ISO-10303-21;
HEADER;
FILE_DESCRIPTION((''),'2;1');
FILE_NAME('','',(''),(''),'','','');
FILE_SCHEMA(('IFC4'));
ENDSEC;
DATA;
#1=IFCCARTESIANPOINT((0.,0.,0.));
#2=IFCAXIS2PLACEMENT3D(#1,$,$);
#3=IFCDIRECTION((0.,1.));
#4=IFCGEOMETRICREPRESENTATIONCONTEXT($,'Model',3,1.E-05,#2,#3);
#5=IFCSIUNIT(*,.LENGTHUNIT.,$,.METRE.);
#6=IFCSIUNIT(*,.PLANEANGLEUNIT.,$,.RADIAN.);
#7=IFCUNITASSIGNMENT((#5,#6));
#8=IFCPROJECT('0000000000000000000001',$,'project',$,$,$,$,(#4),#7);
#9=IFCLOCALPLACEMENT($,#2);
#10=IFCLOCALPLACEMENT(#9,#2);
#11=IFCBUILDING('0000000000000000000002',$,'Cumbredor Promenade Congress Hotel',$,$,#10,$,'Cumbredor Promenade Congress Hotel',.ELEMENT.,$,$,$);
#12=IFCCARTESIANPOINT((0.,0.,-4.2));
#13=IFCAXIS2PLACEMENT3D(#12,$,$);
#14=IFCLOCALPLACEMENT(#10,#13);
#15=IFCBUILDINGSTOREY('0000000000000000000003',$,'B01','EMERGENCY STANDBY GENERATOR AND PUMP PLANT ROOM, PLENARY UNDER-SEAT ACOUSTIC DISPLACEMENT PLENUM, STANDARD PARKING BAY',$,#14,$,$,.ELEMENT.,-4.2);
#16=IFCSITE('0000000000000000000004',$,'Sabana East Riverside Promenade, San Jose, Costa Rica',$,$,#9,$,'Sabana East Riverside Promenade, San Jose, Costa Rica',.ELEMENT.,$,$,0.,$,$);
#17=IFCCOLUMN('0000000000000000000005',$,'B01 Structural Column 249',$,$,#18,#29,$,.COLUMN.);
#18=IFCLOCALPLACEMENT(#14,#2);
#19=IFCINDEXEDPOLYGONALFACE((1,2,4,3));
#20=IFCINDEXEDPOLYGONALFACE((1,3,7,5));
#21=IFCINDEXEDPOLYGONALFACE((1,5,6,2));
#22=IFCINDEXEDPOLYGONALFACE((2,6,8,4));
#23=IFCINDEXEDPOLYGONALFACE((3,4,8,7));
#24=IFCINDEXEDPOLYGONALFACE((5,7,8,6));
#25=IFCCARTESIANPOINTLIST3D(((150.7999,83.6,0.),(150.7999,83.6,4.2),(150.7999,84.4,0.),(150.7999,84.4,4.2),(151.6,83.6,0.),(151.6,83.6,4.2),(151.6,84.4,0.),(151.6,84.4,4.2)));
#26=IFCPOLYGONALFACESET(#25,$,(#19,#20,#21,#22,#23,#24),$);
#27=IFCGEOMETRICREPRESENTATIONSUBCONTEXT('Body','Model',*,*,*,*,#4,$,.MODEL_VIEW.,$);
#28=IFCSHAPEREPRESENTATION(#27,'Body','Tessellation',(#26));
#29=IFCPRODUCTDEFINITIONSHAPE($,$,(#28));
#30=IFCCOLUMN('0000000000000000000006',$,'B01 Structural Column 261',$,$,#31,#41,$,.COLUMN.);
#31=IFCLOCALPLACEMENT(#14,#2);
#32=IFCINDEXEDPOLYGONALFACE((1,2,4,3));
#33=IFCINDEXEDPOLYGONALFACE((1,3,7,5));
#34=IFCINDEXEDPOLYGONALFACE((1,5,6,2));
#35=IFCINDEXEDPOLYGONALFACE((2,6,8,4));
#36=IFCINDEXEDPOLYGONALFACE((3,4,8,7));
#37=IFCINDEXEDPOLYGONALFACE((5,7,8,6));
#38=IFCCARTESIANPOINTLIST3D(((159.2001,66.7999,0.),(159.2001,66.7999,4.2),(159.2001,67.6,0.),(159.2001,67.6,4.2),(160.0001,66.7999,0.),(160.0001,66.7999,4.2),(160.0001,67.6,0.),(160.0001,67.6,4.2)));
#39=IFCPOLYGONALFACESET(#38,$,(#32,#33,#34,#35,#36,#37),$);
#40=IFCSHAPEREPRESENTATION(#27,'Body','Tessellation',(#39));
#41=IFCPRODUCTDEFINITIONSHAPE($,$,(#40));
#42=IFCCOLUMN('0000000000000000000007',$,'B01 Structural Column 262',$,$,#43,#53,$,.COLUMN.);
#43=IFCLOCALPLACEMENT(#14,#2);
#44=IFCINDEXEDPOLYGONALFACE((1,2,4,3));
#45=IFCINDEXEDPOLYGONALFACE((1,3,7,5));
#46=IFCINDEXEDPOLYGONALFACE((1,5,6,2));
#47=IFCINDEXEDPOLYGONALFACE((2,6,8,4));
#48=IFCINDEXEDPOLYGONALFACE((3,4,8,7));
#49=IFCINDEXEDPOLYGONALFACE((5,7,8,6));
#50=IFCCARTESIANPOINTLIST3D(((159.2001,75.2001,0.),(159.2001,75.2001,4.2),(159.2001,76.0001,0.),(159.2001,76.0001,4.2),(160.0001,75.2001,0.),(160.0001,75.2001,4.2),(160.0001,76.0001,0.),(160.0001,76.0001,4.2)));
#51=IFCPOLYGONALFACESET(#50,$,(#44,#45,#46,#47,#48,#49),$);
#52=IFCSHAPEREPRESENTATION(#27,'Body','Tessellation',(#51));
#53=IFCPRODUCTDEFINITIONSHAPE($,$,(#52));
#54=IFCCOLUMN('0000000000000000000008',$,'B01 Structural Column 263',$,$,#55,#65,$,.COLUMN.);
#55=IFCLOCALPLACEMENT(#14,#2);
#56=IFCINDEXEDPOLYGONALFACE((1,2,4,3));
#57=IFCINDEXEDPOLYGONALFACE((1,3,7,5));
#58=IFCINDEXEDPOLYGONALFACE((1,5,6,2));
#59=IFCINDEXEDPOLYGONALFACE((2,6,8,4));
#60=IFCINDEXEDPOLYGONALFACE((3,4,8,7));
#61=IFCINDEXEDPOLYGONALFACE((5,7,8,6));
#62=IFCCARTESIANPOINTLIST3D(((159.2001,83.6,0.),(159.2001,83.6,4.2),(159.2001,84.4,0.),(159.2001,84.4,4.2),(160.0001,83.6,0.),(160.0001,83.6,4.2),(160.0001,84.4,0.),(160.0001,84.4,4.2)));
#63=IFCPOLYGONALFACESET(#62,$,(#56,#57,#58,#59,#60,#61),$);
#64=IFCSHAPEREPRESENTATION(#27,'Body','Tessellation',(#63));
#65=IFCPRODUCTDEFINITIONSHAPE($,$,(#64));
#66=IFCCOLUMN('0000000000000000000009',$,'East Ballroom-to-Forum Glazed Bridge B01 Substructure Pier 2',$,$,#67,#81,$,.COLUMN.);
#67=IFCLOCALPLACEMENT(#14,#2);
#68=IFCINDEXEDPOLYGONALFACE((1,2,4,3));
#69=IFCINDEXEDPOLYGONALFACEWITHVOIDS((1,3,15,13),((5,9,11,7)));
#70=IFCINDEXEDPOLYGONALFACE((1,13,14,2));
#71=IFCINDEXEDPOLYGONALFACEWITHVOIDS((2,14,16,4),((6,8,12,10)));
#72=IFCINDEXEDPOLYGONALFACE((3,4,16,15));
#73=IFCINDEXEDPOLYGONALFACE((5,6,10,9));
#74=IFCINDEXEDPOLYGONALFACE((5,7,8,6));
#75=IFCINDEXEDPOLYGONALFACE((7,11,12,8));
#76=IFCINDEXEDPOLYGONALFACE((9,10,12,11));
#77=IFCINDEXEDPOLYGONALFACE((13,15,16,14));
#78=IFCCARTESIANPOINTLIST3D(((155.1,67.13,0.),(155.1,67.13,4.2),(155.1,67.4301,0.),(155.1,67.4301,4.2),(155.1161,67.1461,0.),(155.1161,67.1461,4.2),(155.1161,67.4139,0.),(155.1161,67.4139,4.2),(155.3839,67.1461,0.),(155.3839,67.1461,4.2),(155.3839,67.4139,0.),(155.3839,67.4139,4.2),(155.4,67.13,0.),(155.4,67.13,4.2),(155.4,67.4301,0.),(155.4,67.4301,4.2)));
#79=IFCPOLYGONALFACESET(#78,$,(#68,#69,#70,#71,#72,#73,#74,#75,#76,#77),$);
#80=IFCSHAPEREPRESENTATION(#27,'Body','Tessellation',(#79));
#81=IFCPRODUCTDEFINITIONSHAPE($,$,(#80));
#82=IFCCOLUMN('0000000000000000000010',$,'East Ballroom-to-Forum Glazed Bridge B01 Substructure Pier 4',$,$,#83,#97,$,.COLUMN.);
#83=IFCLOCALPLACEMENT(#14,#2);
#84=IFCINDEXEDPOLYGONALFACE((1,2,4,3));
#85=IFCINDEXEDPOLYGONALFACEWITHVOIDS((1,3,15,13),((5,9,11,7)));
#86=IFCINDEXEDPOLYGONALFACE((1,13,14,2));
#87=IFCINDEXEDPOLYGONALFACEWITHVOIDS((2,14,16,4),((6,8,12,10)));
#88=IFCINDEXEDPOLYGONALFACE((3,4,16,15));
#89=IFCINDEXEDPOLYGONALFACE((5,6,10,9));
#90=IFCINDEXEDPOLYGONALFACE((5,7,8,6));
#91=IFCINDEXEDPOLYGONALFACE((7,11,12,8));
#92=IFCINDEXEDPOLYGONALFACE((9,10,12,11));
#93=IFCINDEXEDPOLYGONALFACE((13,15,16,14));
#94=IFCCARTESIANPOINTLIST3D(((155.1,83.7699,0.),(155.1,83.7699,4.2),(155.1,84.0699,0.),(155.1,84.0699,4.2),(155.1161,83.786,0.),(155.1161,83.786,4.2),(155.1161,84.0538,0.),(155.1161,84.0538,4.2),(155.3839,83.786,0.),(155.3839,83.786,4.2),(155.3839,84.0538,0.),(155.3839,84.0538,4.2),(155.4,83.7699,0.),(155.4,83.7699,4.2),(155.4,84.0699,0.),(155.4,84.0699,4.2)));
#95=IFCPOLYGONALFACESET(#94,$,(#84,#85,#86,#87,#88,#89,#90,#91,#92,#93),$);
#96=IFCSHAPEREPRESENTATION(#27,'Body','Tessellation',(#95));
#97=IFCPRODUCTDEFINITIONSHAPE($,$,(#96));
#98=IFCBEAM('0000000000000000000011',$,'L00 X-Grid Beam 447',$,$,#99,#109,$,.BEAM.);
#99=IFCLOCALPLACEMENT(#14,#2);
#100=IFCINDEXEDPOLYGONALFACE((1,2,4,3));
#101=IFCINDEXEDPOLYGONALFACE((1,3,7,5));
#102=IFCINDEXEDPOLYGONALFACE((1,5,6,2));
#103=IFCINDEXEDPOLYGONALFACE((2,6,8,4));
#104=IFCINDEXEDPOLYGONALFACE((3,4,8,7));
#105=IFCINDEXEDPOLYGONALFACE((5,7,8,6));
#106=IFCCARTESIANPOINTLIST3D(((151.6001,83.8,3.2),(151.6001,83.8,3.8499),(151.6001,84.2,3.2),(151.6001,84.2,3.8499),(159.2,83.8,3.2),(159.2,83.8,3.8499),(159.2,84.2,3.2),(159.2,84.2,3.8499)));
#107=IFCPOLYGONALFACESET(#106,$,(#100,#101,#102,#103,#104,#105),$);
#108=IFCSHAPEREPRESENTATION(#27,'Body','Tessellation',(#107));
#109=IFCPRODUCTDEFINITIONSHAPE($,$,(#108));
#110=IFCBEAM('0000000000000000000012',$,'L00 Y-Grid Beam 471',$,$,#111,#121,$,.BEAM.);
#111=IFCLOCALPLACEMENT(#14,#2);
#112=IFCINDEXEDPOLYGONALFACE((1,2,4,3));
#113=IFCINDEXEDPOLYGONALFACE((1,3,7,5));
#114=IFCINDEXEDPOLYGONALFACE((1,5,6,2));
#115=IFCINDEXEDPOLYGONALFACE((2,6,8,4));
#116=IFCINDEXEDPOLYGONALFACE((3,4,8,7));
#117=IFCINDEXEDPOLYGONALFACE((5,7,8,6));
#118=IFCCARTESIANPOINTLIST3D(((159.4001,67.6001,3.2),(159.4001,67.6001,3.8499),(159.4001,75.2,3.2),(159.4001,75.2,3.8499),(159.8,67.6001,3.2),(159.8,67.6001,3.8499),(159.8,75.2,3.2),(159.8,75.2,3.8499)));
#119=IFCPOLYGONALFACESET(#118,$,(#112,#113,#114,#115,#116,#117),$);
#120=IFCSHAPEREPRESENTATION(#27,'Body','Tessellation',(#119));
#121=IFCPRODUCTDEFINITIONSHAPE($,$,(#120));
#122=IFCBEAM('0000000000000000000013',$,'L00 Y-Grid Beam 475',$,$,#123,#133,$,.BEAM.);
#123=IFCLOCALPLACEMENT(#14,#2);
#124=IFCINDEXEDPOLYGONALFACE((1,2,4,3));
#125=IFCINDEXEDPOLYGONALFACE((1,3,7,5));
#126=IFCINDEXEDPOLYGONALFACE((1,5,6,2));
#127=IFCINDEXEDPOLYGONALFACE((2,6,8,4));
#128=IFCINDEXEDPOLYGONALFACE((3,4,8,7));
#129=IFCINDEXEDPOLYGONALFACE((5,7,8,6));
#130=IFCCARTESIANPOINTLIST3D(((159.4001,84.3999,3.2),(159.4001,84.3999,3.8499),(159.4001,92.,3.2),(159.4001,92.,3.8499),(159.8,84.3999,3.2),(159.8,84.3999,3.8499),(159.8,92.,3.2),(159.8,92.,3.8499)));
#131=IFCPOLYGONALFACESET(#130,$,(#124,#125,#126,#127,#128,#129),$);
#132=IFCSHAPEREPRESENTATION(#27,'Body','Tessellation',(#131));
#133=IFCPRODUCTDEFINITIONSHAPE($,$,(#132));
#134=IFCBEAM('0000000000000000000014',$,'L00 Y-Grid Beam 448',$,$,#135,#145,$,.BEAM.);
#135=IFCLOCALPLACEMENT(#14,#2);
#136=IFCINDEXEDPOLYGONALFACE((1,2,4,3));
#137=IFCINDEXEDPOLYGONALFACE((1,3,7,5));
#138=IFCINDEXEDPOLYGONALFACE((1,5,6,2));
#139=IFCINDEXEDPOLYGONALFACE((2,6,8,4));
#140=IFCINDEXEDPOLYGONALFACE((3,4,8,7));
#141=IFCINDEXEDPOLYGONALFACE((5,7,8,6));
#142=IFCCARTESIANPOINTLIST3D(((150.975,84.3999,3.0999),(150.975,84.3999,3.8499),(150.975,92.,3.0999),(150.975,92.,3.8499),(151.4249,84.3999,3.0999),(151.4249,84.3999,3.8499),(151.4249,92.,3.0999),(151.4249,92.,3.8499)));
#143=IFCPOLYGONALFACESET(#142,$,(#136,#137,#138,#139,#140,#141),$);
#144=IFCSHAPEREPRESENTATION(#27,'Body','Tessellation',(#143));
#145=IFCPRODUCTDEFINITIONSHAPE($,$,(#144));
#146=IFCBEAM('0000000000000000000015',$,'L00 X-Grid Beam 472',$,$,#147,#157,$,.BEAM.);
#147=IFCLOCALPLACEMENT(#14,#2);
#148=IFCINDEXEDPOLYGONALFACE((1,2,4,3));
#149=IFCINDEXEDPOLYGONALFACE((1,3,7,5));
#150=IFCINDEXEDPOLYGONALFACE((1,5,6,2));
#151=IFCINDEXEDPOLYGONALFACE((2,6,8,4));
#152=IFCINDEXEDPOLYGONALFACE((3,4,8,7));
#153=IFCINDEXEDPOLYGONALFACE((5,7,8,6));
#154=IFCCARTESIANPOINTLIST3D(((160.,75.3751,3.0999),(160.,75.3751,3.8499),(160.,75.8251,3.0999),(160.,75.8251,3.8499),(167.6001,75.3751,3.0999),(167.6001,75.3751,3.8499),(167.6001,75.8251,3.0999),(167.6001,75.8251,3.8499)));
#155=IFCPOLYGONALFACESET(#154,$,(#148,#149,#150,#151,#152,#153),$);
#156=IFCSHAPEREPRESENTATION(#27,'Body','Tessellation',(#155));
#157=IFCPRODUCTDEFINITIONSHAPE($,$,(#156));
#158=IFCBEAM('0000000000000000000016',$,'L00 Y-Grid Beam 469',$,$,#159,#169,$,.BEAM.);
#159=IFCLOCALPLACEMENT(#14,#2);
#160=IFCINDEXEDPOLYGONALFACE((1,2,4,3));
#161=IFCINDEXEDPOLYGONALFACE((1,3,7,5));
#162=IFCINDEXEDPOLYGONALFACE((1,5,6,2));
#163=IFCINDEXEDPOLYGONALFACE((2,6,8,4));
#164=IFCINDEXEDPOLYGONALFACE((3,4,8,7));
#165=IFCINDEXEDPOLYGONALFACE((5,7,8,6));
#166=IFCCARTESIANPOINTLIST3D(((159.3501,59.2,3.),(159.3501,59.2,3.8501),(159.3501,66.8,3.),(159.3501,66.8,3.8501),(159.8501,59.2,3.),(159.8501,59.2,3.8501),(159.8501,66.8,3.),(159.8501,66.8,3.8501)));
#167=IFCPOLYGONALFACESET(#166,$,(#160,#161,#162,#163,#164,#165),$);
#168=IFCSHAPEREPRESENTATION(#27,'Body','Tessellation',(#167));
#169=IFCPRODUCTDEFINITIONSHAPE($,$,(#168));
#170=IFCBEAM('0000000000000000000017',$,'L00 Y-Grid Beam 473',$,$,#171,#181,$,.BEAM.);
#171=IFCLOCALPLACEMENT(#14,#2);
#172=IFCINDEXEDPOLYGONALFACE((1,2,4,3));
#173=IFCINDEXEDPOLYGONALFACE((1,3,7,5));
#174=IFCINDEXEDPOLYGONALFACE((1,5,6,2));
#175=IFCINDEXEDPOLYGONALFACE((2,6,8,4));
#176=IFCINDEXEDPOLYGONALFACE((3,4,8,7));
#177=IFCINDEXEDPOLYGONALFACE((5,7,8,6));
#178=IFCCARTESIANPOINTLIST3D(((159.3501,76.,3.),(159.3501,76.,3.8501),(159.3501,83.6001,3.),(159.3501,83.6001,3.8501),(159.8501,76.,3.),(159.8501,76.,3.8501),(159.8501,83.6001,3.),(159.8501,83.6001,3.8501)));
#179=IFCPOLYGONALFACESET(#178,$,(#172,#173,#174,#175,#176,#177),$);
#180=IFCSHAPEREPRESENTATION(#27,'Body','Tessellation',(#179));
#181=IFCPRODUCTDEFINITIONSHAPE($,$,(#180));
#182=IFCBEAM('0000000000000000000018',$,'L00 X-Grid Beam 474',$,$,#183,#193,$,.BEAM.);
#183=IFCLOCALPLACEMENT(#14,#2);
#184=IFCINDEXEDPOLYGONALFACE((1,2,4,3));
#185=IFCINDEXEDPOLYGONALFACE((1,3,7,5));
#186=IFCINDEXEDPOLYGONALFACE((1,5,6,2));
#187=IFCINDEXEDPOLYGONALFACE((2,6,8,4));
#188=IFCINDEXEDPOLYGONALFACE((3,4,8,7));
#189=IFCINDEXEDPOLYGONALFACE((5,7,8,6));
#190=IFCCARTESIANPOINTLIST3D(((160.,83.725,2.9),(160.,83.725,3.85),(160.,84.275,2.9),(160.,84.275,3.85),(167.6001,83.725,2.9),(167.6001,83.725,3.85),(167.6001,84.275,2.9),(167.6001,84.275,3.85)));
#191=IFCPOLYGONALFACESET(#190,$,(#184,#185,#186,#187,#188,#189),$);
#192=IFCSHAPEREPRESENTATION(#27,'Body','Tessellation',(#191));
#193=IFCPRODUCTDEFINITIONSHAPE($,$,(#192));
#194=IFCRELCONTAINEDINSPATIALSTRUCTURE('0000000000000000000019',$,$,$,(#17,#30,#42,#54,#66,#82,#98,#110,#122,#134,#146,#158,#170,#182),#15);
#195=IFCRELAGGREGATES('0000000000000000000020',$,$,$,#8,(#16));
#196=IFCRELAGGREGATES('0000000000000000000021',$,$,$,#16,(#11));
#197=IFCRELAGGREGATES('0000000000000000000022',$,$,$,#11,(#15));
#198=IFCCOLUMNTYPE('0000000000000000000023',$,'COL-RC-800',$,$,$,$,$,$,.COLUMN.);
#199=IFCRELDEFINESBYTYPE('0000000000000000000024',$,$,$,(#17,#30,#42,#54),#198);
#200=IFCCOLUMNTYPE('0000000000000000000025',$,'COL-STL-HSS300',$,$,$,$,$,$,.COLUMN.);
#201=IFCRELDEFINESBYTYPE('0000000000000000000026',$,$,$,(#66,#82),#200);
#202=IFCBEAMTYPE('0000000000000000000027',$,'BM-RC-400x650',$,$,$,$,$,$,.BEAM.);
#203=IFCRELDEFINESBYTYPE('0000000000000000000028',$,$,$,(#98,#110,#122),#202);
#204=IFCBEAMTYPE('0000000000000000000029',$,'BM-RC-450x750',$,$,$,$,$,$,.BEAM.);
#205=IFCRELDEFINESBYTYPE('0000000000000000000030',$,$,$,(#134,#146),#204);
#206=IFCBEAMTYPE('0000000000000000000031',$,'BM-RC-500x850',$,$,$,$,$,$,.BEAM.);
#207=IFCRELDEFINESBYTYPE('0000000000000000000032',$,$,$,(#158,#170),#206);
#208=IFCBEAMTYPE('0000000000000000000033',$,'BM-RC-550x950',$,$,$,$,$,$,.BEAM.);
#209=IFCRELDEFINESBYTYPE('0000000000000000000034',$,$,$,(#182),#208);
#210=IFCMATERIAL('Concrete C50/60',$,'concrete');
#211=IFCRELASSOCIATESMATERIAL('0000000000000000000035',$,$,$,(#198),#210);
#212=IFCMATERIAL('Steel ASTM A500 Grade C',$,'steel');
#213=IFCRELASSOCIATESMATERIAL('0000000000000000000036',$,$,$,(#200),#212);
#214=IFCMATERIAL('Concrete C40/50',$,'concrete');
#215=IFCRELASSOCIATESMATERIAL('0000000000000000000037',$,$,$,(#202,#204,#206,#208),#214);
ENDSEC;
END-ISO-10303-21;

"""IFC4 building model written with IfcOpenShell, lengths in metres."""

from ifc_helpers import new_model, si_unit, direction, frame, origin, origin_2d, place, context, subcontext, project, spatial, rectangle, hollow_rectangle, extrude, material, material_profile, profile_set, type_object, element, save


model = new_model("IFC4")

# Units and contexts
model_context = context("Model", 3, precision=1e-05, world=origin(), true_north=direction((0.0, 1.0)))
body_context = subcontext(model_context, "Body", "Model", "MODEL_VIEW")
ifc_project = project(units=[si_unit("LENGTHUNIT", "METRE"), si_unit("PLANEANGLEUNIT", "RADIAN")], contexts=[model_context])

# Site, building, storey
site_placement = place(None, origin())
site = spatial("IfcSite", under=ifc_project, at=site_placement, Name="Sabana East Riverside Promenade, San Jose, Costa Rica", LongName="Sabana East Riverside Promenade, San Jose, Costa Rica", CompositionType="ELEMENT", RefElevation=0.0)
building_placement = place(site_placement, origin())
building = spatial("IfcBuilding", under=site, at=building_placement, Name="Cumbredor Promenade Congress Hotel", LongName="Cumbredor Promenade Congress Hotel", CompositionType="ELEMENT")
storey_placement = place(building_placement, frame((0.0, 0.0, -4.2)))
storey = spatial("IfcBuildingStorey", under=building, at=storey_placement, Name="B01", Description="EMERGENCY STANDBY GENERATOR AND PUMP PLANT ROOM, PLENARY UNDER-SEAT ACOUSTIC DISPLACEMENT PLENUM, STANDARD PARKING BAY", CompositionType="ELEMENT", Elevation=-4.2)

# Columns
ifc_material_1 = material(Name="Concrete C50/60", Category="concrete")
ifc_material_profile_1 = material_profile(ifc_material_1, rectangle(XDim=0.8, YDim=0.8, at=origin_2d()), Name="RC 800x800")
ifc_profile_set_1 = profile_set([ifc_material_profile_1], Name="Concrete C50/60")
column_type_1 = type_object("IfcColumnType", Name="COL-RC-800", PredefinedType="COLUMN", material=ifc_profile_set_1)
for number, where, z_axis, x_axis, name in (
    (1, (151.2, 84.0, 0.0), (0.0, 0.0, 1.0), (1.0, 0.0, 0.0), "B01 Structural Column 249"),
    (2, (159.6001, 67.2, 0.0), (0.0, 0.0, 1.0), (1.0, 0.0, 0.0), "B01 Structural Column 261"),
    (3, (159.6001, 75.6001, 0.0), (0.0, 0.0, 1.0), (1.0, 0.0, 0.0), "B01 Structural Column 262"),
    (4, (159.6001, 84.0, 0.0), (0.0, 0.0, 1.0), (1.0, 0.0, 0.0), "B01 Structural Column 263"),
):
    element("IfcColumn", number, at=place(storey_placement, frame(where, z_axis=z_axis, x_axis=x_axis)), inside=storey, type_object=column_type_1, Name=name, PredefinedType="COLUMN", context=body_context, shape_type="SweptSolid", body=[
        extrude(rectangle(XDim=0.8, YDim=0.8, at=origin_2d()), origin(), (0.0, 0.0, 1.0), 4.2),
    ])
ifc_material_2 = material(Name="Steel ASTM A500 Grade C", Category="steel")
ifc_material_profile_2 = material_profile(ifc_material_2, hollow_rectangle(XDim=0.3, YDim=0.3, WallThickness=0.0161, at=origin_2d()), Name="HSS 300x300x16")
ifc_profile_set_2 = profile_set([ifc_material_profile_2], Name="Steel ASTM A500 Grade C")
column_type_2 = type_object("IfcColumnType", Name="COL-STL-HSS300", PredefinedType="COLUMN", material=ifc_profile_set_2)
for number, where, z_axis, x_axis, name in (
    (5, (155.25, 67.28, 0.0), (0.0, 0.0, 1.0), (1.0, 0.0, 0.0), "East Ballroom-to-Forum Glazed Bridge B01 Substructure Pier 2"),
    (6, (155.25, 83.9199, 0.0), (0.0, 0.0, 1.0), (1.0, 0.0, 0.0), "East Ballroom-to-Forum Glazed Bridge B01 Substructure Pier 4"),
):
    element("IfcColumn", number, at=place(storey_placement, frame(where, z_axis=z_axis, x_axis=x_axis)), inside=storey, type_object=column_type_2, Name=name, PredefinedType="COLUMN", context=body_context, shape_type="SweptSolid", body=[
        extrude(hollow_rectangle(XDim=0.3, YDim=0.3, WallThickness=0.0161, at=origin_2d()), origin(), (0.0, 0.0, 1.0), 4.2),
    ])

# Beams
ifc_material_3 = material(Name="Concrete C40/50", Category="concrete")
ifc_material_profile_3 = material_profile(ifc_material_3, rectangle(XDim=0.3999, YDim=0.6499, at=origin_2d()), Name="RC BEAM 400x650")
ifc_profile_set_3 = profile_set([ifc_material_profile_3], Name="Concrete C40/50")
beam_type_1 = type_object("IfcBeamType", Name="BM-RC-400x650", PredefinedType="BEAM", material=ifc_profile_set_3)
for number, where, z_axis, x_axis, name in (
    (7, (151.6001, 84.0, 3.5249), (1.0, 0.0, 0.0), (0.0, 1.0, 0.0), "L00 X-Grid Beam 447"),
    (8, (159.6001, 67.6001, 3.5249), (0.0, 1.0, 0.0), (-1.0, 0.0, 0.0), "L00 Y-Grid Beam 471"),
):
    element("IfcBeam", number, at=place(storey_placement, frame(where, z_axis=z_axis, x_axis=x_axis)), inside=storey, type_object=beam_type_1, Name=name, PredefinedType="BEAM", context=body_context, shape_type="SweptSolid", body=[
        extrude(rectangle(XDim=0.3999, YDim=0.6499, at=origin_2d()), origin(), (0.0, 0.0, 1.0), 7.5999),
    ])
beam_1_placement = place(storey_placement, frame((159.6001, 84.3999, 3.5249), z_axis=(0.0, 1.0, 0.0), x_axis=(-1.0, 0.0, 0.0)))
element("IfcBeam", 9, at=beam_1_placement, inside=storey, type_object=beam_type_1, Name="L00 Y-Grid Beam 475", PredefinedType="BEAM", context=body_context, shape_type="SweptSolid", body=[
    extrude(rectangle(XDim=0.3999, YDim=0.6499, at=origin_2d()), origin(), (0.0, 0.0, 1.0), 7.6001),
])
ifc_material_profile_4 = material_profile(ifc_material_3, rectangle(XDim=0.45, YDim=0.75, at=origin_2d()), Name="RC BEAM 450x750")
ifc_profile_set_4 = profile_set([ifc_material_profile_4], Name="Concrete C40/50")
beam_type_2 = type_object("IfcBeamType", Name="BM-RC-450x750", PredefinedType="BEAM", material=ifc_profile_set_4)
for number, where, z_axis, x_axis, name in (
    (10, (151.2, 84.3999, 3.4749), (0.0, 1.0, 0.0), (-1.0, 0.0, 0.0), "L00 Y-Grid Beam 448"),
    (11, (160.0, 75.6001, 3.4749), (1.0, 0.0, 0.0), (0.0, 1.0, 0.0), "L00 X-Grid Beam 472"),
):
    element("IfcBeam", number, at=place(storey_placement, frame(where, z_axis=z_axis, x_axis=x_axis)), inside=storey, type_object=beam_type_2, Name=name, PredefinedType="BEAM", context=body_context, shape_type="SweptSolid", body=[
        extrude(rectangle(XDim=0.45, YDim=0.75, at=origin_2d()), origin(), (0.0, 0.0, 1.0), 7.6001),
    ])
ifc_material_profile_5 = material_profile(ifc_material_3, rectangle(XDim=0.5, YDim=0.8501, at=origin_2d()), Name="RC BEAM 500x850")
ifc_profile_set_5 = profile_set([ifc_material_profile_5], Name="Concrete C40/50")
beam_type_3 = type_object("IfcBeamType", Name="BM-RC-500x850", PredefinedType="BEAM", material=ifc_profile_set_5)
for number, where, z_axis, x_axis, name in (
    (12, (159.6001, 59.2, 3.425), (0.0, 1.0, 0.0), (-1.0, 0.0, 0.0), "L00 Y-Grid Beam 469"),
    (13, (159.6001, 76.0, 3.425), (0.0, 1.0, 0.0), (-1.0, 0.0, 0.0), "L00 Y-Grid Beam 473"),
):
    element("IfcBeam", number, at=place(storey_placement, frame(where, z_axis=z_axis, x_axis=x_axis)), inside=storey, type_object=beam_type_3, Name=name, PredefinedType="BEAM", context=body_context, shape_type="SweptSolid", body=[
        extrude(rectangle(XDim=0.5, YDim=0.8501, at=origin_2d()), origin(), (0.0, 0.0, 1.0), 7.6001),
    ])
ifc_material_profile_6 = material_profile(ifc_material_3, rectangle(XDim=0.55, YDim=0.95, at=origin_2d()), Name="RC BEAM 550x950")
ifc_profile_set_6 = profile_set([ifc_material_profile_6], Name="Concrete C40/50")
beam_type_4 = type_object("IfcBeamType", Name="BM-RC-550x950", PredefinedType="BEAM", material=ifc_profile_set_6)
beam_2_placement = place(storey_placement, frame((160.0, 84.0, 3.375), z_axis=(1.0, 0.0, 0.0), x_axis=(0.0, 1.0, 0.0)))
element("IfcBeam", 14, at=beam_2_placement, inside=storey, type_object=beam_type_4, Name="L00 X-Grid Beam 474", PredefinedType="BEAM", context=body_context, shape_type="SweptSolid", body=[
    extrude(rectangle(XDim=0.55, YDim=0.95, at=origin_2d()), origin(), (0.0, 0.0, 1.0), 7.6001),
])

save(model, "model.ifc")
